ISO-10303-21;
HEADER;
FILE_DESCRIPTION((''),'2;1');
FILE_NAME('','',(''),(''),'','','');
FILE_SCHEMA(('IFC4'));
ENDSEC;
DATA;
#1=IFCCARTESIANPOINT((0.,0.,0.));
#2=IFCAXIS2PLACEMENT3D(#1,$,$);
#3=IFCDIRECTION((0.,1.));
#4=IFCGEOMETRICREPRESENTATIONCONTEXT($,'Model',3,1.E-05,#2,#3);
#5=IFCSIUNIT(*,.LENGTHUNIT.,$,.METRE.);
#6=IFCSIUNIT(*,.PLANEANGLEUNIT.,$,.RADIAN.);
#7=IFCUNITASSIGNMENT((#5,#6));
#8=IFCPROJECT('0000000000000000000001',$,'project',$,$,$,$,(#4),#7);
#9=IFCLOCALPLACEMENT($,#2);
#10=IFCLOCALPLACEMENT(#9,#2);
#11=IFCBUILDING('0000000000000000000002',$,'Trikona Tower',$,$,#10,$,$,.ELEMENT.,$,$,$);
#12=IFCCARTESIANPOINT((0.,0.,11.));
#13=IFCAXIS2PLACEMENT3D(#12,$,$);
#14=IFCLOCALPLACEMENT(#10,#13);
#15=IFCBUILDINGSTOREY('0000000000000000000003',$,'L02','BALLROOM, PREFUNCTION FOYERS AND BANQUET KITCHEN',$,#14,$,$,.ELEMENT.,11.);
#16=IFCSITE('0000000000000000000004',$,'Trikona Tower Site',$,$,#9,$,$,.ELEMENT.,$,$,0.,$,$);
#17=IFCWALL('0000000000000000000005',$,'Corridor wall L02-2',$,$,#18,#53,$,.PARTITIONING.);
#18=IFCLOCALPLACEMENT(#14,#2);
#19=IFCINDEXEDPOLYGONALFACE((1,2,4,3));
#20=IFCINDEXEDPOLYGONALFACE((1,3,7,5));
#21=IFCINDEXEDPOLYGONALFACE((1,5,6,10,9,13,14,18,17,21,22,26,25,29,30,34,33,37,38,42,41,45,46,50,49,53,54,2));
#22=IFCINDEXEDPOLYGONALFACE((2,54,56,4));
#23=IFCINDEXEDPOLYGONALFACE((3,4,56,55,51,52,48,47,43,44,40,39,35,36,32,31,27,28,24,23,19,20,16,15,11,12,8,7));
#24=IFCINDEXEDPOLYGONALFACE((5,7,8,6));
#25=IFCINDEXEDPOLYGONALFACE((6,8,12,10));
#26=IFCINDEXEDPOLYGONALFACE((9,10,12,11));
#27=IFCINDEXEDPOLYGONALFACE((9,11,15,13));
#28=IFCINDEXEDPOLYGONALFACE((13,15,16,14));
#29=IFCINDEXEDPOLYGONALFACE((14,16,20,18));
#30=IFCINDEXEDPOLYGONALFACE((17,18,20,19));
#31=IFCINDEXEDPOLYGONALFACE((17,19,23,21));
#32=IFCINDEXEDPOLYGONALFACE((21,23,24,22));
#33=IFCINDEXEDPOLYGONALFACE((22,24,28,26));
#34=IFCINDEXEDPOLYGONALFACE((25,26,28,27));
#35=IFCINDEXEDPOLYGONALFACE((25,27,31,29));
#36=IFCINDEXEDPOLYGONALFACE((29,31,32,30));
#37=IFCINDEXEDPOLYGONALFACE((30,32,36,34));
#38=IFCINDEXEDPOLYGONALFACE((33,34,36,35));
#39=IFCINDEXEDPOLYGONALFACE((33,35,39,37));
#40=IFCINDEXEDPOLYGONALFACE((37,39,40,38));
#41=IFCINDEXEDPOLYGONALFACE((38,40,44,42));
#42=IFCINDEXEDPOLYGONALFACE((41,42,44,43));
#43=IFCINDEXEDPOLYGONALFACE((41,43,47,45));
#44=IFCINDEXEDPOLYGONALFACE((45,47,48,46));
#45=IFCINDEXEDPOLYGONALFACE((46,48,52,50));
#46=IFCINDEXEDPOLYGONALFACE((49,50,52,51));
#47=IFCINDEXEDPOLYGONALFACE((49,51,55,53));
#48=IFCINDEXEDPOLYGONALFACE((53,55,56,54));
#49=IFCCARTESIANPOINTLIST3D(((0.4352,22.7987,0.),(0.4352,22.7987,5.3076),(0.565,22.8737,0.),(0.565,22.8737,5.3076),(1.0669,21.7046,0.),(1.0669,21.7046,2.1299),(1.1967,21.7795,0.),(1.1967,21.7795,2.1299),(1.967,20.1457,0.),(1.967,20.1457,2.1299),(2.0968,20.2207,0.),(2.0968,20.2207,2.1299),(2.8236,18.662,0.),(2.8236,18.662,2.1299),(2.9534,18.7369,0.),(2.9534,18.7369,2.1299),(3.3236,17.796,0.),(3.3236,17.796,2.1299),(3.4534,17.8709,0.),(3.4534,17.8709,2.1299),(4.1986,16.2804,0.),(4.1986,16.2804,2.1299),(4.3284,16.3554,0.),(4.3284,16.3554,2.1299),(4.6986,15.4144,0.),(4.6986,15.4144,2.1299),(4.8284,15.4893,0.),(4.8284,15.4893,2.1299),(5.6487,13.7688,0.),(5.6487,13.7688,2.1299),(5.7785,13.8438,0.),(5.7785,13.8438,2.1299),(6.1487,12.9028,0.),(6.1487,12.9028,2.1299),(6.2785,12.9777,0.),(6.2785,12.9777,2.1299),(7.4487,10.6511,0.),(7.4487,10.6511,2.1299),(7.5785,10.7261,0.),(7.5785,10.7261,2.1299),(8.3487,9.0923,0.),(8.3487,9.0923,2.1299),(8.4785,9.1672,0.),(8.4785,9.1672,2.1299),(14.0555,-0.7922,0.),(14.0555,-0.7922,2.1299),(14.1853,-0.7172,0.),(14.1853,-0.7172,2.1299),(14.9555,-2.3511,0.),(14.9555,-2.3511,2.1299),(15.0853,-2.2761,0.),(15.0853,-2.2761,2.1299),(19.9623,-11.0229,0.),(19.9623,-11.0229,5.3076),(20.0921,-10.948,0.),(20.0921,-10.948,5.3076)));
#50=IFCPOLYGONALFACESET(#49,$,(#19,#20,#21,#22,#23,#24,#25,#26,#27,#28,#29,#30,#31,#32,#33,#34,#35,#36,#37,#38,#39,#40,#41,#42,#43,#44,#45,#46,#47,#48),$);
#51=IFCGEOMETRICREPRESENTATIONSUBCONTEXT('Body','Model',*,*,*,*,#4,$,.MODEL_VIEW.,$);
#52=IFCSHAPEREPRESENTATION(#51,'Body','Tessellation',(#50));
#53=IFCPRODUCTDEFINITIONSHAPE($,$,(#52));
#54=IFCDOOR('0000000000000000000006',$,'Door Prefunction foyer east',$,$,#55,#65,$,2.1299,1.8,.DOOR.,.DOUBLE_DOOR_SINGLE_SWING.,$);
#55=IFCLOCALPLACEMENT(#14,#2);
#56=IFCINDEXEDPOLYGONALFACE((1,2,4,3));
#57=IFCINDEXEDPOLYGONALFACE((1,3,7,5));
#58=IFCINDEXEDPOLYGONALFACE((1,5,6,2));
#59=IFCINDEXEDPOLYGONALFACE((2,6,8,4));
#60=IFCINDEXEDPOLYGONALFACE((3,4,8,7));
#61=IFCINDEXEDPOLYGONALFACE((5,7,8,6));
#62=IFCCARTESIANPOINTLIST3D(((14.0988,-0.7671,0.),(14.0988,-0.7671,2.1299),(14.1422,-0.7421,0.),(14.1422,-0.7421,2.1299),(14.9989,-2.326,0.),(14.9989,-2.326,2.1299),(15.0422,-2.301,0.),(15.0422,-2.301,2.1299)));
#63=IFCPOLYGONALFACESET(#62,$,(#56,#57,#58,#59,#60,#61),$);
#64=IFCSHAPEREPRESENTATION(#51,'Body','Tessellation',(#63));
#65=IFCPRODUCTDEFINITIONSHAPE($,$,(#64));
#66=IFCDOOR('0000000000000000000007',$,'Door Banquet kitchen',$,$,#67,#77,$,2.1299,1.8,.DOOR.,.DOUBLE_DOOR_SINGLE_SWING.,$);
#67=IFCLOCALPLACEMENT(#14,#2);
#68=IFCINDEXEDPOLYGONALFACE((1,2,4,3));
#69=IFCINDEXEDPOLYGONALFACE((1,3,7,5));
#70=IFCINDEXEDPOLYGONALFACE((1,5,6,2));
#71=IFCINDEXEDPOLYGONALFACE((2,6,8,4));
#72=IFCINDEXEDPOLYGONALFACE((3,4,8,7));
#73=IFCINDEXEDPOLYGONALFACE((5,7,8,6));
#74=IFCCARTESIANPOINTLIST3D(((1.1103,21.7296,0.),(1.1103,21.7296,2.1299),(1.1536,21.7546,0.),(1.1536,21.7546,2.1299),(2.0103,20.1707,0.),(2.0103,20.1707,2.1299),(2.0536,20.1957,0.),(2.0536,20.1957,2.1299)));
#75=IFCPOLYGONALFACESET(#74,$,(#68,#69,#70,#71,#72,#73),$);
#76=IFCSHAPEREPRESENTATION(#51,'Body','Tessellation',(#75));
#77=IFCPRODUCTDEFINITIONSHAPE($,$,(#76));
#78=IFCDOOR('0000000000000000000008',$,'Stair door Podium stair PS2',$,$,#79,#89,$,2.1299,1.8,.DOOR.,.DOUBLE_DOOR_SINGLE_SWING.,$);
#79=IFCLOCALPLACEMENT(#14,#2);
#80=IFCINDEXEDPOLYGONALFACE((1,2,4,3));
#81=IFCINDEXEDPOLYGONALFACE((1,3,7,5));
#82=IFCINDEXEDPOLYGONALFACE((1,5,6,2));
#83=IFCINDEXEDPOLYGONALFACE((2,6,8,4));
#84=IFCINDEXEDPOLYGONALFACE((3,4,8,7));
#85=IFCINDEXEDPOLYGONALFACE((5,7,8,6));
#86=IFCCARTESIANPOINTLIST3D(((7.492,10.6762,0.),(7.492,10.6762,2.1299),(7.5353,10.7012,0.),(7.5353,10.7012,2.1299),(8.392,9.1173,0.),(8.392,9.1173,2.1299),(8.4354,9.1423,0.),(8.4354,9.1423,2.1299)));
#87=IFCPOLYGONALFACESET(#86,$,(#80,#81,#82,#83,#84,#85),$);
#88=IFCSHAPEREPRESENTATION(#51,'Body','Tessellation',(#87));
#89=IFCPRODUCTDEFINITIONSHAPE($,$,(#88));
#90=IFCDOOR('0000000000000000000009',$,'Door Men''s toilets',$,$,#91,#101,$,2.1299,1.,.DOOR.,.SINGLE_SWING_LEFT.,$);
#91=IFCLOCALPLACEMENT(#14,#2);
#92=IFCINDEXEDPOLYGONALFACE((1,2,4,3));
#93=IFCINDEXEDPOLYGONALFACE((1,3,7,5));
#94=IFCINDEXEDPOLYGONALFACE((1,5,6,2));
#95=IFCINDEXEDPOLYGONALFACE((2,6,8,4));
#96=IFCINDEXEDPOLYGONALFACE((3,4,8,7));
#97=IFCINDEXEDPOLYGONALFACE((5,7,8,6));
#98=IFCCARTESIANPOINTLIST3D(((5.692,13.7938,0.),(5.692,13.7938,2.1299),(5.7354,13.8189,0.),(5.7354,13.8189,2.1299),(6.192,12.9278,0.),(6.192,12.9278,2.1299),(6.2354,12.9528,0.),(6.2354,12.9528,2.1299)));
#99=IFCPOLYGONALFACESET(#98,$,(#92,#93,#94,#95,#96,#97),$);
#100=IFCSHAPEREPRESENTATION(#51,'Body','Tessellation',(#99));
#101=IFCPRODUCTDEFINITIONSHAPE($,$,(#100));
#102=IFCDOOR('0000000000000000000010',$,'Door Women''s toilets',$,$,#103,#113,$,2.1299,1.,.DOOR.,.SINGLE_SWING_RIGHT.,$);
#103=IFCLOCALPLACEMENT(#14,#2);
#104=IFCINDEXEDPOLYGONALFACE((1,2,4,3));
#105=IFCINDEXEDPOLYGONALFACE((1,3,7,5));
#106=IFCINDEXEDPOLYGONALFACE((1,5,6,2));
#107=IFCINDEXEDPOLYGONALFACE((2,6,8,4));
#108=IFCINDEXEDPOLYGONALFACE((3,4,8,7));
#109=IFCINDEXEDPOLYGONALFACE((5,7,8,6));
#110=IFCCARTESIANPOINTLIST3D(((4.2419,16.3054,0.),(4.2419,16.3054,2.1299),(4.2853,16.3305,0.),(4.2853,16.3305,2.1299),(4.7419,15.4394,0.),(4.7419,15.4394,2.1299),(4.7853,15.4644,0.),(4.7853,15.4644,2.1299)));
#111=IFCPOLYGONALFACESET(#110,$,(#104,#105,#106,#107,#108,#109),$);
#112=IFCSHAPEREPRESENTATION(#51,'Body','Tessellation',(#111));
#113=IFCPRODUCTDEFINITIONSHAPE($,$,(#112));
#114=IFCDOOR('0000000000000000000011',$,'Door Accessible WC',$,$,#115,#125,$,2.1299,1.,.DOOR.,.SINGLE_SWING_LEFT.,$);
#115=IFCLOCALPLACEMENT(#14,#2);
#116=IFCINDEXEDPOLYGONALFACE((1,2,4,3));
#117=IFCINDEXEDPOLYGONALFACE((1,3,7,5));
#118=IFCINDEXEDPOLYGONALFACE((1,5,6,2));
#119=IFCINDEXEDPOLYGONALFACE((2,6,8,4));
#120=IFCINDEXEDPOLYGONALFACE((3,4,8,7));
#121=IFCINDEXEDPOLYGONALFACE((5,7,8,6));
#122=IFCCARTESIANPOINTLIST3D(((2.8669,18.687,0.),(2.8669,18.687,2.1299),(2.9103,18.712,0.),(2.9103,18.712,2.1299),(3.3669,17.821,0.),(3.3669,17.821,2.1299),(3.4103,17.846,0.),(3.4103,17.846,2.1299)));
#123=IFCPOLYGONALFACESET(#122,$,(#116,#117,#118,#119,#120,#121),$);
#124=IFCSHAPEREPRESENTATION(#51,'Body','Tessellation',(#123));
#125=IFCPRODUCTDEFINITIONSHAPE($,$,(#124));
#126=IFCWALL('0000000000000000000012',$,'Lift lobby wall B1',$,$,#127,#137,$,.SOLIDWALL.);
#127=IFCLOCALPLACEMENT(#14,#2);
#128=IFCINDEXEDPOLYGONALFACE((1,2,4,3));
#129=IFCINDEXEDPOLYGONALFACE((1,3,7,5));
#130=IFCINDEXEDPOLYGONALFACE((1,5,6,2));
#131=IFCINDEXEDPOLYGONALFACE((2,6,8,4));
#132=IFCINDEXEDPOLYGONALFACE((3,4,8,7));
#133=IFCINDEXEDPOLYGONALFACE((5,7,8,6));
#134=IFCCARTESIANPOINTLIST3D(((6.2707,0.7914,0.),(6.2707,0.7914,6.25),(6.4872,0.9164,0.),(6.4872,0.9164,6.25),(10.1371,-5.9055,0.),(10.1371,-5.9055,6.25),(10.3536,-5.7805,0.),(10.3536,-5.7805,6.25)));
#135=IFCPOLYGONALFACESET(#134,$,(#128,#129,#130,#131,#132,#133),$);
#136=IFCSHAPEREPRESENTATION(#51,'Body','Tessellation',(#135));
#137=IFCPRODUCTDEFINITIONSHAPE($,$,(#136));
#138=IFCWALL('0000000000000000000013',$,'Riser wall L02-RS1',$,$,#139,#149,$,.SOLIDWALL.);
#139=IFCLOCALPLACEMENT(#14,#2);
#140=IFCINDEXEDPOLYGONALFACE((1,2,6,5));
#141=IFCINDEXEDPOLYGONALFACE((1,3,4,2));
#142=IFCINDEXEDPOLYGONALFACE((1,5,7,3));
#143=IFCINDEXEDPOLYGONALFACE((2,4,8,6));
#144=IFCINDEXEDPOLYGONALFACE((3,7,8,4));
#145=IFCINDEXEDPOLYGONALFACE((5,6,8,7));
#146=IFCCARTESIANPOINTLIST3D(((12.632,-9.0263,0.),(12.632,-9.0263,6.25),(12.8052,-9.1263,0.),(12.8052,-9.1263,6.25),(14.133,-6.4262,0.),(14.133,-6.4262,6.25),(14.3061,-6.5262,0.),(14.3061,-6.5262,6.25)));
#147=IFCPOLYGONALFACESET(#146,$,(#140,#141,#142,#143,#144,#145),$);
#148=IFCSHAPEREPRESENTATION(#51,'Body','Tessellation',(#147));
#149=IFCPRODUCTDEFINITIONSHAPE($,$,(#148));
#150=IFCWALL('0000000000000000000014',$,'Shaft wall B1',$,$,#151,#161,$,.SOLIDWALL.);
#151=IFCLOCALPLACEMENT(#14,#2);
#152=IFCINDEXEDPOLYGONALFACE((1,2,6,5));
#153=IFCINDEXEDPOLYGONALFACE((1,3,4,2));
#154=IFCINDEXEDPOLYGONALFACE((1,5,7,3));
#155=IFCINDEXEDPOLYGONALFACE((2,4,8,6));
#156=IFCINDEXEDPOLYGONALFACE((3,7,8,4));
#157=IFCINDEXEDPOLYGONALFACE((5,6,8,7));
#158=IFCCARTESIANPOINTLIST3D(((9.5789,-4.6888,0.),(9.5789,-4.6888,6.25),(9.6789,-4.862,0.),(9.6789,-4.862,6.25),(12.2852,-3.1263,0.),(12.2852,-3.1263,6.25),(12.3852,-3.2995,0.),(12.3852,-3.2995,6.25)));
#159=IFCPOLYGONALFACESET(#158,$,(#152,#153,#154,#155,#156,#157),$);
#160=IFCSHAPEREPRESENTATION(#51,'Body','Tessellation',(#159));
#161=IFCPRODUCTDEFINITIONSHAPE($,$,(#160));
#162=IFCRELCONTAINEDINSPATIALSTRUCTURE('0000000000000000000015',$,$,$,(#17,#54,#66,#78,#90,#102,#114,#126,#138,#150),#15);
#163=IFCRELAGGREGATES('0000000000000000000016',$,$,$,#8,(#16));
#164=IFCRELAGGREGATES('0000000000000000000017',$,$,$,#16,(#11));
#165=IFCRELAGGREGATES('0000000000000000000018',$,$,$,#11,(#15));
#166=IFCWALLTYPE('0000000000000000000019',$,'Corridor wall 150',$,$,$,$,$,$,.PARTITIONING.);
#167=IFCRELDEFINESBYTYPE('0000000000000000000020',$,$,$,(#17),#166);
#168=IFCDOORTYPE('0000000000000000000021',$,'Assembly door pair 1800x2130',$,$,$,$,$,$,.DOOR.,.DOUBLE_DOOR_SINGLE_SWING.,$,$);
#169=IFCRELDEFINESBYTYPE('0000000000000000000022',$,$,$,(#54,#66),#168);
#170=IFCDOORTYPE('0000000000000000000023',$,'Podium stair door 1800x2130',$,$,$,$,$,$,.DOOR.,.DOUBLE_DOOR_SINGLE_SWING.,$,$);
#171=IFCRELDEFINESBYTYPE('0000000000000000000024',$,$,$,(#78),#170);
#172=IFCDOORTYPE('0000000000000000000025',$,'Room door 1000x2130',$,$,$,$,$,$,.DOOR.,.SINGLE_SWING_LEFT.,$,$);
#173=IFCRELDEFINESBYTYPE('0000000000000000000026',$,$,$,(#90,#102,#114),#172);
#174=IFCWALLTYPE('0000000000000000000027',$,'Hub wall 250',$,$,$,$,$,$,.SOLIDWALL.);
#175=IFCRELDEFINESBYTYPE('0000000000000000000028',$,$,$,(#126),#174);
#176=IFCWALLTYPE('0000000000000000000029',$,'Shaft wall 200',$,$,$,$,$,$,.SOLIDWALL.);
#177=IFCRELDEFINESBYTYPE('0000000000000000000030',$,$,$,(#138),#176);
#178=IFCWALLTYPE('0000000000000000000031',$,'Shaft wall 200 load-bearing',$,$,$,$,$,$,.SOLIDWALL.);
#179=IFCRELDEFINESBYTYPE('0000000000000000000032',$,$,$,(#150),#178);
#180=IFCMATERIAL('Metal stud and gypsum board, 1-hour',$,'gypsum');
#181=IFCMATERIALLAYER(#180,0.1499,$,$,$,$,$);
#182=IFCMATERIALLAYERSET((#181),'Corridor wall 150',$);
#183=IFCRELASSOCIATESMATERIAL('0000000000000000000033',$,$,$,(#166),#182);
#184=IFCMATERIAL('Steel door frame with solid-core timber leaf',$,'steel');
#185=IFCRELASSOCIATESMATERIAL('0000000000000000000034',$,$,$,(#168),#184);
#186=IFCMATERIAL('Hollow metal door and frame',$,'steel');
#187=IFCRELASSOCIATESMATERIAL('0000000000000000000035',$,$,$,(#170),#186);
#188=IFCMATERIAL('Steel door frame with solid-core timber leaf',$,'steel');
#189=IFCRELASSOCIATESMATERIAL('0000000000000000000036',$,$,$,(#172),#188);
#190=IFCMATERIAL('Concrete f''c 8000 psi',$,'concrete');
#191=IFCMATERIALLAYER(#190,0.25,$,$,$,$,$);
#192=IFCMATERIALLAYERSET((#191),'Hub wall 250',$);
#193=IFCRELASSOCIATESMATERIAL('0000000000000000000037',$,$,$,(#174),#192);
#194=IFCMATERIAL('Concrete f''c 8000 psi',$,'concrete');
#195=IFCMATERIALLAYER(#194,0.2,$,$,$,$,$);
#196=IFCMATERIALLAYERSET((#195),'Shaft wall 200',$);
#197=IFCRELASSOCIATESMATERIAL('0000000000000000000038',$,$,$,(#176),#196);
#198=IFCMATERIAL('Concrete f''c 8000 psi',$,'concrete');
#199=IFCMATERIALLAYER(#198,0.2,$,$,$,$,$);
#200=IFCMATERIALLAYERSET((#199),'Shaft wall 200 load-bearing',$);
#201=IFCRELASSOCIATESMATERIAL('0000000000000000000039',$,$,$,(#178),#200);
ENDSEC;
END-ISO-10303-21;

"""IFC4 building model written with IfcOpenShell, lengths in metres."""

from ifc_helpers import new_model, si_unit, direction, frame, frame_2d, origin, place, context, subcontext, project, spatial, rectangle, extrude, material, layer, layer_set, type_object, element, fill, save


model = new_model("IFC4")

# Units and contexts
model_context = context("Model", 3, precision=1e-05, world=origin(), true_north=direction((0.0, 1.0)))
body_context = subcontext(model_context, "Body", "Model", "MODEL_VIEW")
ifc_project = project(units=[si_unit("LENGTHUNIT", "METRE"), si_unit("PLANEANGLEUNIT", "RADIAN")], contexts=[model_context])

# Site, building, storey
site_placement = place(None, origin())
site = spatial("IfcSite", under=ifc_project, at=site_placement, Name="Trikona Tower Site", CompositionType="ELEMENT", RefElevation=0.0)
building_placement = place(site_placement, origin())
building = spatial("IfcBuilding", under=site, at=building_placement, Name="Trikona Tower", CompositionType="ELEMENT")
storey_placement = place(building_placement, frame((0.0, 0.0, 11.0)))
storey = spatial("IfcBuildingStorey", under=building, at=storey_placement, Name="L02", Description="BALLROOM, PREFUNCTION FOYERS AND BANQUET KITCHEN", CompositionType="ELEMENT", Elevation=11.0)

# Wall, openings, doors
ifc_material_1 = material(Name="Metal stud and gypsum board, 1-hour", Category="gypsum")
ifc_layer_1 = layer(ifc_material_1, 0.1499)
ifc_layer_set_1 = layer_set([ifc_layer_1], Name="Corridor wall 150")
wall_type_1 = type_object("IfcWallType", Name="Corridor wall 150", PredefinedType="PARTITIONING", material=ifc_layer_set_1)
wall_1_placement = place(storey_placement, frame((20.0271, -10.9854, 0.0), z_axis=(0.0, 0.0, 1.0), x_axis=(-0.500002, 0.866024, 0.0)))
wall_1 = element("IfcWall", 1, at=wall_1_placement, inside=storey, type_object=wall_type_1, Name="Corridor wall L02-2", PredefinedType="PARTITIONING", context=body_context, shape_type="SweptSolid", body=[
    extrude(rectangle(XDim=39.054, YDim=0.1499, at=frame_2d((19.5269, 0.0))), origin(), (0.0, 0.0, 1.0), 5.3076),
])
opening_1_placement = place(wall_1_placement, frame((10.0134, 0.0, 0.0)))
opening_1 = element("IfcOpeningElement", 2, at=opening_1_placement, cuts=wall_1, PredefinedType="OPENING", context=body_context, shape_type="SweptSolid", body=[
    extrude(rectangle(XDim=1.8, YDim=2.1299, at=frame_2d((0.8999, 1.0649))), frame((0.0, 0.085, 0.0), z_axis=(0.0, -1.0, 0.0), x_axis=(1.0, 0.0, 0.0)), (0.0, 0.0, 1.0), 0.1699),
])
opening_2_placement = place(wall_1_placement, frame((23.2271, 0.0, 0.0)))
opening_2 = element("IfcOpeningElement", 3, at=opening_2_placement, cuts=wall_1, PredefinedType="OPENING", context=body_context, shape_type="SweptSolid", body=[
    extrude(rectangle(XDim=1.8, YDim=2.1299, at=frame_2d((0.8999, 1.0649))), frame((0.0, 0.085, 0.0), z_axis=(0.0, -1.0, 0.0), x_axis=(1.0, 0.0, 0.0)), (0.0, 0.0, 1.0), 0.1699),
])
opening_3_placement = place(wall_1_placement, frame((27.627, 0.0, 0.0)))
opening_3 = element("IfcOpeningElement", 4, at=opening_3_placement, cuts=wall_1, PredefinedType="OPENING", context=body_context, shape_type="SweptSolid", body=[
    extrude(rectangle(XDim=1.0, YDim=2.1299, at=frame_2d((0.5, 1.0649))), frame((0.0, 0.085, 0.0), z_axis=(0.0, -1.0, 0.0), x_axis=(1.0, 0.0, 0.0)), (0.0, 0.0, 1.0), 0.1699),
])
opening_4_placement = place(wall_1_placement, frame((30.5271, 0.0, 0.0)))
opening_4 = element("IfcOpeningElement", 5, at=opening_4_placement, cuts=wall_1, PredefinedType="OPENING", context=body_context, shape_type="SweptSolid", body=[
    extrude(rectangle(XDim=1.0, YDim=2.1299, at=frame_2d((0.5, 1.0649))), frame((0.0, 0.085, 0.0), z_axis=(0.0, -1.0, 0.0), x_axis=(1.0, 0.0, 0.0)), (0.0, 0.0, 1.0), 0.1699),
])
opening_5_placement = place(wall_1_placement, frame((33.2771, 0.0, 0.0)))
opening_5 = element("IfcOpeningElement", 6, at=opening_5_placement, cuts=wall_1, PredefinedType="OPENING", context=body_context, shape_type="SweptSolid", body=[
    extrude(rectangle(XDim=1.0, YDim=2.1299, at=frame_2d((0.5, 1.0649))), frame((0.0, 0.085, 0.0), z_axis=(0.0, -1.0, 0.0), x_axis=(1.0, 0.0, 0.0)), (0.0, 0.0, 1.0), 0.1699),
])
opening_6_placement = place(wall_1_placement, frame((35.9905, 0.0, 0.0)))
opening_6 = element("IfcOpeningElement", 7, at=opening_6_placement, cuts=wall_1, PredefinedType="OPENING", context=body_context, shape_type="SweptSolid", body=[
    extrude(rectangle(XDim=1.8, YDim=2.1299, at=frame_2d((0.8999, 1.0649))), frame((0.0, 0.085, 0.0), z_axis=(0.0, -1.0, 0.0), x_axis=(1.0, 0.0, 0.0)), (0.0, 0.0, 1.0), 0.1699),
])
ifc_material_2 = material(Name="Steel door frame with solid-core timber leaf", Category="steel")
door_type_1 = type_object("IfcDoorType", Name="Assembly door pair 1800x2130", OperationType="DOUBLE_DOOR_SINGLE_SWING", PredefinedType="DOOR", material=ifc_material_2)
door_1_placement = place(opening_1_placement, origin())
door_1 = element("IfcDoor", 8, at=door_1_placement, inside=storey, type_object=door_type_1, Name="Door Prefunction foyer east", OperationType="DOUBLE_DOOR_SINGLE_SWING", OverallHeight=2.1299, OverallWidth=1.8, PredefinedType="DOOR", context=body_context, shape_type="SweptSolid", body=[
    extrude(rectangle(XDim=1.8, YDim=2.1299, at=frame_2d((0.8999, 1.0649))), frame((0.0, 0.0249, 0.0), z_axis=(0.0, -1.0, 0.0), x_axis=(1.0, 0.0, 0.0)), (0.0, 0.0, 1.0), 0.05),
])
fill(opening_1, door_1)
door_2_placement = place(opening_6_placement, origin())
door_2 = element("IfcDoor", 9, at=door_2_placement, inside=storey, type_object=door_type_1, Name="Door Banquet kitchen", OperationType="DOUBLE_DOOR_SINGLE_SWING", OverallHeight=2.1299, OverallWidth=1.8, PredefinedType="DOOR", context=body_context, shape_type="SweptSolid", body=[
    extrude(rectangle(XDim=1.8, YDim=2.1299, at=frame_2d((0.8999, 1.0649))), frame((0.0, 0.0249, 0.0), z_axis=(0.0, -1.0, 0.0), x_axis=(1.0, 0.0, 0.0)), (0.0, 0.0, 1.0), 0.05),
])
fill(opening_6, door_2)
ifc_material_3 = material(Name="Hollow metal door and frame", Category="steel")
door_type_2 = type_object("IfcDoorType", Name="Podium stair door 1800x2130", OperationType="DOUBLE_DOOR_SINGLE_SWING", PredefinedType="DOOR", material=ifc_material_3)
door_3_placement = place(opening_2_placement, origin())
door_3 = element("IfcDoor", 10, at=door_3_placement, inside=storey, type_object=door_type_2, Name="Stair door Podium stair PS2", OperationType="DOUBLE_DOOR_SINGLE_SWING", OverallHeight=2.1299, OverallWidth=1.8, PredefinedType="DOOR", context=body_context, shape_type="SweptSolid", body=[
    extrude(rectangle(XDim=1.8, YDim=2.1299, at=frame_2d((0.8999, 1.0649))), frame((0.0, 0.0249, 0.0), z_axis=(0.0, -1.0, 0.0), x_axis=(1.0, 0.0, 0.0)), (0.0, 0.0, 1.0), 0.05),
])
fill(opening_2, door_3)
ifc_material_4 = material(Name="Steel door frame with solid-core timber leaf", Category="steel")
door_type_3 = type_object("IfcDoorType", Name="Room door 1000x2130", OperationType="SINGLE_SWING_LEFT", PredefinedType="DOOR", material=ifc_material_4)
door_4_placement = place(opening_3_placement, origin())
door_4 = element("IfcDoor", 11, at=door_4_placement, inside=storey, type_object=door_type_3, Name="Door Men's toilets", OperationType="SINGLE_SWING_LEFT", OverallHeight=2.1299, OverallWidth=1.0, PredefinedType="DOOR", context=body_context, shape_type="SweptSolid", body=[
    extrude(rectangle(XDim=1.0, YDim=2.1299, at=frame_2d((0.5, 1.0649))), frame((0.0, 0.0249, 0.0), z_axis=(0.0, -1.0, 0.0), x_axis=(1.0, 0.0, 0.0)), (0.0, 0.0, 1.0), 0.05),
])
fill(opening_3, door_4)
door_5_placement = place(opening_4_placement, origin())
door_5 = element("IfcDoor", 12, at=door_5_placement, inside=storey, type_object=door_type_3, Name="Door Women's toilets", OperationType="SINGLE_SWING_RIGHT", OverallHeight=2.1299, OverallWidth=1.0, PredefinedType="DOOR", context=body_context, shape_type="SweptSolid", body=[
    extrude(rectangle(XDim=1.0, YDim=2.1299, at=frame_2d((0.5, 1.0649))), frame((0.0, 0.0249, 0.0), z_axis=(0.0, -1.0, 0.0), x_axis=(1.0, 0.0, 0.0)), (0.0, 0.0, 1.0), 0.05),
])
fill(opening_4, door_5)
door_6_placement = place(opening_5_placement, origin())
door_6 = element("IfcDoor", 13, at=door_6_placement, inside=storey, type_object=door_type_3, Name="Door Accessible WC", OperationType="SINGLE_SWING_LEFT", OverallHeight=2.1299, OverallWidth=1.0, PredefinedType="DOOR", context=body_context, shape_type="SweptSolid", body=[
    extrude(rectangle(XDim=1.0, YDim=2.1299, at=frame_2d((0.5, 1.0649))), frame((0.0, 0.0249, 0.0), z_axis=(0.0, -1.0, 0.0), x_axis=(1.0, 0.0, 0.0)), (0.0, 0.0, 1.0), 0.05),
])
fill(opening_5, door_6)

# Walls
ifc_material_5 = material(Name="Concrete f'c 8000 psi", Category="concrete")
ifc_layer_2 = layer(ifc_material_5, 0.25)
ifc_layer_set_2 = layer_set([ifc_layer_2], Name="Hub wall 250")
wall_type_2 = type_object("IfcWallType", Name="Hub wall 250", PredefinedType="SOLIDWALL", material=ifc_layer_set_2)
wall_2_placement = place(storey_placement, frame((10.2454, -5.843, 0.0), z_axis=(0.0, 0.0, 1.0), x_axis=(-0.499993, 0.866029, 0.0)))
element("IfcWall", 14, at=wall_2_placement, inside=storey, type_object=wall_type_2, Name="Lift lobby wall B1", PredefinedType="SOLIDWALL", context=body_context, shape_type="SweptSolid", body=[
    extrude(rectangle(XDim=7.7329, YDim=0.25, at=frame_2d((3.8665, 0.0))), origin(), (0.0, 0.0, 1.0), 6.25),
])
ifc_material_6 = material(Name="Concrete f'c 8000 psi", Category="concrete")
ifc_layer_3 = layer(ifc_material_6, 0.2)
ifc_layer_set_3 = layer_set([ifc_layer_3], Name="Shaft wall 200")
wall_type_3 = type_object("IfcWallType", Name="Shaft wall 200", PredefinedType="SOLIDWALL", material=ifc_layer_set_3)
wall_3_placement = place(storey_placement, frame((14.2195, -6.4763, 0.0), z_axis=(0.0, 0.0, 1.0), x_axis=(-0.499952, -0.866053, 0.0)))
element("IfcWall", 15, at=wall_3_placement, inside=storey, type_object=wall_type_3, Name="Riser wall L02-RS1", PredefinedType="SOLIDWALL", context=body_context, shape_type="SweptSolid", body=[
    extrude(rectangle(XDim=3.0022, YDim=0.2, at=frame_2d((1.501, 0.0))), origin(), (0.0, 0.0, 1.0), 6.25),
])
ifc_material_7 = material(Name="Concrete f'c 8000 psi", Category="concrete")
ifc_layer_4 = layer(ifc_material_7, 0.2)
ifc_layer_set_4 = layer_set([ifc_layer_4], Name="Shaft wall 200 load-bearing")
wall_type_4 = type_object("IfcWallType", Name="Shaft wall 200 load-bearing", PredefinedType="SOLIDWALL", material=ifc_layer_set_4)
wall_4_placement = place(storey_placement, frame((9.6289, -4.7754, 0.0), z_axis=(0.0, 0.0, 1.0), x_axis=(0.866023, 0.500004, 0.0)))
element("IfcWall", 16, at=wall_4_placement, inside=storey, type_object=wall_type_4, Name="Shaft wall B1", PredefinedType="SOLIDWALL", context=body_context, shape_type="SweptSolid", body=[
    extrude(rectangle(XDim=3.125, YDim=0.2, at=frame_2d((1.5625, 0.0))), origin(), (0.0, 0.0, 1.0), 6.25),
])

save(model, "model.ifc")
